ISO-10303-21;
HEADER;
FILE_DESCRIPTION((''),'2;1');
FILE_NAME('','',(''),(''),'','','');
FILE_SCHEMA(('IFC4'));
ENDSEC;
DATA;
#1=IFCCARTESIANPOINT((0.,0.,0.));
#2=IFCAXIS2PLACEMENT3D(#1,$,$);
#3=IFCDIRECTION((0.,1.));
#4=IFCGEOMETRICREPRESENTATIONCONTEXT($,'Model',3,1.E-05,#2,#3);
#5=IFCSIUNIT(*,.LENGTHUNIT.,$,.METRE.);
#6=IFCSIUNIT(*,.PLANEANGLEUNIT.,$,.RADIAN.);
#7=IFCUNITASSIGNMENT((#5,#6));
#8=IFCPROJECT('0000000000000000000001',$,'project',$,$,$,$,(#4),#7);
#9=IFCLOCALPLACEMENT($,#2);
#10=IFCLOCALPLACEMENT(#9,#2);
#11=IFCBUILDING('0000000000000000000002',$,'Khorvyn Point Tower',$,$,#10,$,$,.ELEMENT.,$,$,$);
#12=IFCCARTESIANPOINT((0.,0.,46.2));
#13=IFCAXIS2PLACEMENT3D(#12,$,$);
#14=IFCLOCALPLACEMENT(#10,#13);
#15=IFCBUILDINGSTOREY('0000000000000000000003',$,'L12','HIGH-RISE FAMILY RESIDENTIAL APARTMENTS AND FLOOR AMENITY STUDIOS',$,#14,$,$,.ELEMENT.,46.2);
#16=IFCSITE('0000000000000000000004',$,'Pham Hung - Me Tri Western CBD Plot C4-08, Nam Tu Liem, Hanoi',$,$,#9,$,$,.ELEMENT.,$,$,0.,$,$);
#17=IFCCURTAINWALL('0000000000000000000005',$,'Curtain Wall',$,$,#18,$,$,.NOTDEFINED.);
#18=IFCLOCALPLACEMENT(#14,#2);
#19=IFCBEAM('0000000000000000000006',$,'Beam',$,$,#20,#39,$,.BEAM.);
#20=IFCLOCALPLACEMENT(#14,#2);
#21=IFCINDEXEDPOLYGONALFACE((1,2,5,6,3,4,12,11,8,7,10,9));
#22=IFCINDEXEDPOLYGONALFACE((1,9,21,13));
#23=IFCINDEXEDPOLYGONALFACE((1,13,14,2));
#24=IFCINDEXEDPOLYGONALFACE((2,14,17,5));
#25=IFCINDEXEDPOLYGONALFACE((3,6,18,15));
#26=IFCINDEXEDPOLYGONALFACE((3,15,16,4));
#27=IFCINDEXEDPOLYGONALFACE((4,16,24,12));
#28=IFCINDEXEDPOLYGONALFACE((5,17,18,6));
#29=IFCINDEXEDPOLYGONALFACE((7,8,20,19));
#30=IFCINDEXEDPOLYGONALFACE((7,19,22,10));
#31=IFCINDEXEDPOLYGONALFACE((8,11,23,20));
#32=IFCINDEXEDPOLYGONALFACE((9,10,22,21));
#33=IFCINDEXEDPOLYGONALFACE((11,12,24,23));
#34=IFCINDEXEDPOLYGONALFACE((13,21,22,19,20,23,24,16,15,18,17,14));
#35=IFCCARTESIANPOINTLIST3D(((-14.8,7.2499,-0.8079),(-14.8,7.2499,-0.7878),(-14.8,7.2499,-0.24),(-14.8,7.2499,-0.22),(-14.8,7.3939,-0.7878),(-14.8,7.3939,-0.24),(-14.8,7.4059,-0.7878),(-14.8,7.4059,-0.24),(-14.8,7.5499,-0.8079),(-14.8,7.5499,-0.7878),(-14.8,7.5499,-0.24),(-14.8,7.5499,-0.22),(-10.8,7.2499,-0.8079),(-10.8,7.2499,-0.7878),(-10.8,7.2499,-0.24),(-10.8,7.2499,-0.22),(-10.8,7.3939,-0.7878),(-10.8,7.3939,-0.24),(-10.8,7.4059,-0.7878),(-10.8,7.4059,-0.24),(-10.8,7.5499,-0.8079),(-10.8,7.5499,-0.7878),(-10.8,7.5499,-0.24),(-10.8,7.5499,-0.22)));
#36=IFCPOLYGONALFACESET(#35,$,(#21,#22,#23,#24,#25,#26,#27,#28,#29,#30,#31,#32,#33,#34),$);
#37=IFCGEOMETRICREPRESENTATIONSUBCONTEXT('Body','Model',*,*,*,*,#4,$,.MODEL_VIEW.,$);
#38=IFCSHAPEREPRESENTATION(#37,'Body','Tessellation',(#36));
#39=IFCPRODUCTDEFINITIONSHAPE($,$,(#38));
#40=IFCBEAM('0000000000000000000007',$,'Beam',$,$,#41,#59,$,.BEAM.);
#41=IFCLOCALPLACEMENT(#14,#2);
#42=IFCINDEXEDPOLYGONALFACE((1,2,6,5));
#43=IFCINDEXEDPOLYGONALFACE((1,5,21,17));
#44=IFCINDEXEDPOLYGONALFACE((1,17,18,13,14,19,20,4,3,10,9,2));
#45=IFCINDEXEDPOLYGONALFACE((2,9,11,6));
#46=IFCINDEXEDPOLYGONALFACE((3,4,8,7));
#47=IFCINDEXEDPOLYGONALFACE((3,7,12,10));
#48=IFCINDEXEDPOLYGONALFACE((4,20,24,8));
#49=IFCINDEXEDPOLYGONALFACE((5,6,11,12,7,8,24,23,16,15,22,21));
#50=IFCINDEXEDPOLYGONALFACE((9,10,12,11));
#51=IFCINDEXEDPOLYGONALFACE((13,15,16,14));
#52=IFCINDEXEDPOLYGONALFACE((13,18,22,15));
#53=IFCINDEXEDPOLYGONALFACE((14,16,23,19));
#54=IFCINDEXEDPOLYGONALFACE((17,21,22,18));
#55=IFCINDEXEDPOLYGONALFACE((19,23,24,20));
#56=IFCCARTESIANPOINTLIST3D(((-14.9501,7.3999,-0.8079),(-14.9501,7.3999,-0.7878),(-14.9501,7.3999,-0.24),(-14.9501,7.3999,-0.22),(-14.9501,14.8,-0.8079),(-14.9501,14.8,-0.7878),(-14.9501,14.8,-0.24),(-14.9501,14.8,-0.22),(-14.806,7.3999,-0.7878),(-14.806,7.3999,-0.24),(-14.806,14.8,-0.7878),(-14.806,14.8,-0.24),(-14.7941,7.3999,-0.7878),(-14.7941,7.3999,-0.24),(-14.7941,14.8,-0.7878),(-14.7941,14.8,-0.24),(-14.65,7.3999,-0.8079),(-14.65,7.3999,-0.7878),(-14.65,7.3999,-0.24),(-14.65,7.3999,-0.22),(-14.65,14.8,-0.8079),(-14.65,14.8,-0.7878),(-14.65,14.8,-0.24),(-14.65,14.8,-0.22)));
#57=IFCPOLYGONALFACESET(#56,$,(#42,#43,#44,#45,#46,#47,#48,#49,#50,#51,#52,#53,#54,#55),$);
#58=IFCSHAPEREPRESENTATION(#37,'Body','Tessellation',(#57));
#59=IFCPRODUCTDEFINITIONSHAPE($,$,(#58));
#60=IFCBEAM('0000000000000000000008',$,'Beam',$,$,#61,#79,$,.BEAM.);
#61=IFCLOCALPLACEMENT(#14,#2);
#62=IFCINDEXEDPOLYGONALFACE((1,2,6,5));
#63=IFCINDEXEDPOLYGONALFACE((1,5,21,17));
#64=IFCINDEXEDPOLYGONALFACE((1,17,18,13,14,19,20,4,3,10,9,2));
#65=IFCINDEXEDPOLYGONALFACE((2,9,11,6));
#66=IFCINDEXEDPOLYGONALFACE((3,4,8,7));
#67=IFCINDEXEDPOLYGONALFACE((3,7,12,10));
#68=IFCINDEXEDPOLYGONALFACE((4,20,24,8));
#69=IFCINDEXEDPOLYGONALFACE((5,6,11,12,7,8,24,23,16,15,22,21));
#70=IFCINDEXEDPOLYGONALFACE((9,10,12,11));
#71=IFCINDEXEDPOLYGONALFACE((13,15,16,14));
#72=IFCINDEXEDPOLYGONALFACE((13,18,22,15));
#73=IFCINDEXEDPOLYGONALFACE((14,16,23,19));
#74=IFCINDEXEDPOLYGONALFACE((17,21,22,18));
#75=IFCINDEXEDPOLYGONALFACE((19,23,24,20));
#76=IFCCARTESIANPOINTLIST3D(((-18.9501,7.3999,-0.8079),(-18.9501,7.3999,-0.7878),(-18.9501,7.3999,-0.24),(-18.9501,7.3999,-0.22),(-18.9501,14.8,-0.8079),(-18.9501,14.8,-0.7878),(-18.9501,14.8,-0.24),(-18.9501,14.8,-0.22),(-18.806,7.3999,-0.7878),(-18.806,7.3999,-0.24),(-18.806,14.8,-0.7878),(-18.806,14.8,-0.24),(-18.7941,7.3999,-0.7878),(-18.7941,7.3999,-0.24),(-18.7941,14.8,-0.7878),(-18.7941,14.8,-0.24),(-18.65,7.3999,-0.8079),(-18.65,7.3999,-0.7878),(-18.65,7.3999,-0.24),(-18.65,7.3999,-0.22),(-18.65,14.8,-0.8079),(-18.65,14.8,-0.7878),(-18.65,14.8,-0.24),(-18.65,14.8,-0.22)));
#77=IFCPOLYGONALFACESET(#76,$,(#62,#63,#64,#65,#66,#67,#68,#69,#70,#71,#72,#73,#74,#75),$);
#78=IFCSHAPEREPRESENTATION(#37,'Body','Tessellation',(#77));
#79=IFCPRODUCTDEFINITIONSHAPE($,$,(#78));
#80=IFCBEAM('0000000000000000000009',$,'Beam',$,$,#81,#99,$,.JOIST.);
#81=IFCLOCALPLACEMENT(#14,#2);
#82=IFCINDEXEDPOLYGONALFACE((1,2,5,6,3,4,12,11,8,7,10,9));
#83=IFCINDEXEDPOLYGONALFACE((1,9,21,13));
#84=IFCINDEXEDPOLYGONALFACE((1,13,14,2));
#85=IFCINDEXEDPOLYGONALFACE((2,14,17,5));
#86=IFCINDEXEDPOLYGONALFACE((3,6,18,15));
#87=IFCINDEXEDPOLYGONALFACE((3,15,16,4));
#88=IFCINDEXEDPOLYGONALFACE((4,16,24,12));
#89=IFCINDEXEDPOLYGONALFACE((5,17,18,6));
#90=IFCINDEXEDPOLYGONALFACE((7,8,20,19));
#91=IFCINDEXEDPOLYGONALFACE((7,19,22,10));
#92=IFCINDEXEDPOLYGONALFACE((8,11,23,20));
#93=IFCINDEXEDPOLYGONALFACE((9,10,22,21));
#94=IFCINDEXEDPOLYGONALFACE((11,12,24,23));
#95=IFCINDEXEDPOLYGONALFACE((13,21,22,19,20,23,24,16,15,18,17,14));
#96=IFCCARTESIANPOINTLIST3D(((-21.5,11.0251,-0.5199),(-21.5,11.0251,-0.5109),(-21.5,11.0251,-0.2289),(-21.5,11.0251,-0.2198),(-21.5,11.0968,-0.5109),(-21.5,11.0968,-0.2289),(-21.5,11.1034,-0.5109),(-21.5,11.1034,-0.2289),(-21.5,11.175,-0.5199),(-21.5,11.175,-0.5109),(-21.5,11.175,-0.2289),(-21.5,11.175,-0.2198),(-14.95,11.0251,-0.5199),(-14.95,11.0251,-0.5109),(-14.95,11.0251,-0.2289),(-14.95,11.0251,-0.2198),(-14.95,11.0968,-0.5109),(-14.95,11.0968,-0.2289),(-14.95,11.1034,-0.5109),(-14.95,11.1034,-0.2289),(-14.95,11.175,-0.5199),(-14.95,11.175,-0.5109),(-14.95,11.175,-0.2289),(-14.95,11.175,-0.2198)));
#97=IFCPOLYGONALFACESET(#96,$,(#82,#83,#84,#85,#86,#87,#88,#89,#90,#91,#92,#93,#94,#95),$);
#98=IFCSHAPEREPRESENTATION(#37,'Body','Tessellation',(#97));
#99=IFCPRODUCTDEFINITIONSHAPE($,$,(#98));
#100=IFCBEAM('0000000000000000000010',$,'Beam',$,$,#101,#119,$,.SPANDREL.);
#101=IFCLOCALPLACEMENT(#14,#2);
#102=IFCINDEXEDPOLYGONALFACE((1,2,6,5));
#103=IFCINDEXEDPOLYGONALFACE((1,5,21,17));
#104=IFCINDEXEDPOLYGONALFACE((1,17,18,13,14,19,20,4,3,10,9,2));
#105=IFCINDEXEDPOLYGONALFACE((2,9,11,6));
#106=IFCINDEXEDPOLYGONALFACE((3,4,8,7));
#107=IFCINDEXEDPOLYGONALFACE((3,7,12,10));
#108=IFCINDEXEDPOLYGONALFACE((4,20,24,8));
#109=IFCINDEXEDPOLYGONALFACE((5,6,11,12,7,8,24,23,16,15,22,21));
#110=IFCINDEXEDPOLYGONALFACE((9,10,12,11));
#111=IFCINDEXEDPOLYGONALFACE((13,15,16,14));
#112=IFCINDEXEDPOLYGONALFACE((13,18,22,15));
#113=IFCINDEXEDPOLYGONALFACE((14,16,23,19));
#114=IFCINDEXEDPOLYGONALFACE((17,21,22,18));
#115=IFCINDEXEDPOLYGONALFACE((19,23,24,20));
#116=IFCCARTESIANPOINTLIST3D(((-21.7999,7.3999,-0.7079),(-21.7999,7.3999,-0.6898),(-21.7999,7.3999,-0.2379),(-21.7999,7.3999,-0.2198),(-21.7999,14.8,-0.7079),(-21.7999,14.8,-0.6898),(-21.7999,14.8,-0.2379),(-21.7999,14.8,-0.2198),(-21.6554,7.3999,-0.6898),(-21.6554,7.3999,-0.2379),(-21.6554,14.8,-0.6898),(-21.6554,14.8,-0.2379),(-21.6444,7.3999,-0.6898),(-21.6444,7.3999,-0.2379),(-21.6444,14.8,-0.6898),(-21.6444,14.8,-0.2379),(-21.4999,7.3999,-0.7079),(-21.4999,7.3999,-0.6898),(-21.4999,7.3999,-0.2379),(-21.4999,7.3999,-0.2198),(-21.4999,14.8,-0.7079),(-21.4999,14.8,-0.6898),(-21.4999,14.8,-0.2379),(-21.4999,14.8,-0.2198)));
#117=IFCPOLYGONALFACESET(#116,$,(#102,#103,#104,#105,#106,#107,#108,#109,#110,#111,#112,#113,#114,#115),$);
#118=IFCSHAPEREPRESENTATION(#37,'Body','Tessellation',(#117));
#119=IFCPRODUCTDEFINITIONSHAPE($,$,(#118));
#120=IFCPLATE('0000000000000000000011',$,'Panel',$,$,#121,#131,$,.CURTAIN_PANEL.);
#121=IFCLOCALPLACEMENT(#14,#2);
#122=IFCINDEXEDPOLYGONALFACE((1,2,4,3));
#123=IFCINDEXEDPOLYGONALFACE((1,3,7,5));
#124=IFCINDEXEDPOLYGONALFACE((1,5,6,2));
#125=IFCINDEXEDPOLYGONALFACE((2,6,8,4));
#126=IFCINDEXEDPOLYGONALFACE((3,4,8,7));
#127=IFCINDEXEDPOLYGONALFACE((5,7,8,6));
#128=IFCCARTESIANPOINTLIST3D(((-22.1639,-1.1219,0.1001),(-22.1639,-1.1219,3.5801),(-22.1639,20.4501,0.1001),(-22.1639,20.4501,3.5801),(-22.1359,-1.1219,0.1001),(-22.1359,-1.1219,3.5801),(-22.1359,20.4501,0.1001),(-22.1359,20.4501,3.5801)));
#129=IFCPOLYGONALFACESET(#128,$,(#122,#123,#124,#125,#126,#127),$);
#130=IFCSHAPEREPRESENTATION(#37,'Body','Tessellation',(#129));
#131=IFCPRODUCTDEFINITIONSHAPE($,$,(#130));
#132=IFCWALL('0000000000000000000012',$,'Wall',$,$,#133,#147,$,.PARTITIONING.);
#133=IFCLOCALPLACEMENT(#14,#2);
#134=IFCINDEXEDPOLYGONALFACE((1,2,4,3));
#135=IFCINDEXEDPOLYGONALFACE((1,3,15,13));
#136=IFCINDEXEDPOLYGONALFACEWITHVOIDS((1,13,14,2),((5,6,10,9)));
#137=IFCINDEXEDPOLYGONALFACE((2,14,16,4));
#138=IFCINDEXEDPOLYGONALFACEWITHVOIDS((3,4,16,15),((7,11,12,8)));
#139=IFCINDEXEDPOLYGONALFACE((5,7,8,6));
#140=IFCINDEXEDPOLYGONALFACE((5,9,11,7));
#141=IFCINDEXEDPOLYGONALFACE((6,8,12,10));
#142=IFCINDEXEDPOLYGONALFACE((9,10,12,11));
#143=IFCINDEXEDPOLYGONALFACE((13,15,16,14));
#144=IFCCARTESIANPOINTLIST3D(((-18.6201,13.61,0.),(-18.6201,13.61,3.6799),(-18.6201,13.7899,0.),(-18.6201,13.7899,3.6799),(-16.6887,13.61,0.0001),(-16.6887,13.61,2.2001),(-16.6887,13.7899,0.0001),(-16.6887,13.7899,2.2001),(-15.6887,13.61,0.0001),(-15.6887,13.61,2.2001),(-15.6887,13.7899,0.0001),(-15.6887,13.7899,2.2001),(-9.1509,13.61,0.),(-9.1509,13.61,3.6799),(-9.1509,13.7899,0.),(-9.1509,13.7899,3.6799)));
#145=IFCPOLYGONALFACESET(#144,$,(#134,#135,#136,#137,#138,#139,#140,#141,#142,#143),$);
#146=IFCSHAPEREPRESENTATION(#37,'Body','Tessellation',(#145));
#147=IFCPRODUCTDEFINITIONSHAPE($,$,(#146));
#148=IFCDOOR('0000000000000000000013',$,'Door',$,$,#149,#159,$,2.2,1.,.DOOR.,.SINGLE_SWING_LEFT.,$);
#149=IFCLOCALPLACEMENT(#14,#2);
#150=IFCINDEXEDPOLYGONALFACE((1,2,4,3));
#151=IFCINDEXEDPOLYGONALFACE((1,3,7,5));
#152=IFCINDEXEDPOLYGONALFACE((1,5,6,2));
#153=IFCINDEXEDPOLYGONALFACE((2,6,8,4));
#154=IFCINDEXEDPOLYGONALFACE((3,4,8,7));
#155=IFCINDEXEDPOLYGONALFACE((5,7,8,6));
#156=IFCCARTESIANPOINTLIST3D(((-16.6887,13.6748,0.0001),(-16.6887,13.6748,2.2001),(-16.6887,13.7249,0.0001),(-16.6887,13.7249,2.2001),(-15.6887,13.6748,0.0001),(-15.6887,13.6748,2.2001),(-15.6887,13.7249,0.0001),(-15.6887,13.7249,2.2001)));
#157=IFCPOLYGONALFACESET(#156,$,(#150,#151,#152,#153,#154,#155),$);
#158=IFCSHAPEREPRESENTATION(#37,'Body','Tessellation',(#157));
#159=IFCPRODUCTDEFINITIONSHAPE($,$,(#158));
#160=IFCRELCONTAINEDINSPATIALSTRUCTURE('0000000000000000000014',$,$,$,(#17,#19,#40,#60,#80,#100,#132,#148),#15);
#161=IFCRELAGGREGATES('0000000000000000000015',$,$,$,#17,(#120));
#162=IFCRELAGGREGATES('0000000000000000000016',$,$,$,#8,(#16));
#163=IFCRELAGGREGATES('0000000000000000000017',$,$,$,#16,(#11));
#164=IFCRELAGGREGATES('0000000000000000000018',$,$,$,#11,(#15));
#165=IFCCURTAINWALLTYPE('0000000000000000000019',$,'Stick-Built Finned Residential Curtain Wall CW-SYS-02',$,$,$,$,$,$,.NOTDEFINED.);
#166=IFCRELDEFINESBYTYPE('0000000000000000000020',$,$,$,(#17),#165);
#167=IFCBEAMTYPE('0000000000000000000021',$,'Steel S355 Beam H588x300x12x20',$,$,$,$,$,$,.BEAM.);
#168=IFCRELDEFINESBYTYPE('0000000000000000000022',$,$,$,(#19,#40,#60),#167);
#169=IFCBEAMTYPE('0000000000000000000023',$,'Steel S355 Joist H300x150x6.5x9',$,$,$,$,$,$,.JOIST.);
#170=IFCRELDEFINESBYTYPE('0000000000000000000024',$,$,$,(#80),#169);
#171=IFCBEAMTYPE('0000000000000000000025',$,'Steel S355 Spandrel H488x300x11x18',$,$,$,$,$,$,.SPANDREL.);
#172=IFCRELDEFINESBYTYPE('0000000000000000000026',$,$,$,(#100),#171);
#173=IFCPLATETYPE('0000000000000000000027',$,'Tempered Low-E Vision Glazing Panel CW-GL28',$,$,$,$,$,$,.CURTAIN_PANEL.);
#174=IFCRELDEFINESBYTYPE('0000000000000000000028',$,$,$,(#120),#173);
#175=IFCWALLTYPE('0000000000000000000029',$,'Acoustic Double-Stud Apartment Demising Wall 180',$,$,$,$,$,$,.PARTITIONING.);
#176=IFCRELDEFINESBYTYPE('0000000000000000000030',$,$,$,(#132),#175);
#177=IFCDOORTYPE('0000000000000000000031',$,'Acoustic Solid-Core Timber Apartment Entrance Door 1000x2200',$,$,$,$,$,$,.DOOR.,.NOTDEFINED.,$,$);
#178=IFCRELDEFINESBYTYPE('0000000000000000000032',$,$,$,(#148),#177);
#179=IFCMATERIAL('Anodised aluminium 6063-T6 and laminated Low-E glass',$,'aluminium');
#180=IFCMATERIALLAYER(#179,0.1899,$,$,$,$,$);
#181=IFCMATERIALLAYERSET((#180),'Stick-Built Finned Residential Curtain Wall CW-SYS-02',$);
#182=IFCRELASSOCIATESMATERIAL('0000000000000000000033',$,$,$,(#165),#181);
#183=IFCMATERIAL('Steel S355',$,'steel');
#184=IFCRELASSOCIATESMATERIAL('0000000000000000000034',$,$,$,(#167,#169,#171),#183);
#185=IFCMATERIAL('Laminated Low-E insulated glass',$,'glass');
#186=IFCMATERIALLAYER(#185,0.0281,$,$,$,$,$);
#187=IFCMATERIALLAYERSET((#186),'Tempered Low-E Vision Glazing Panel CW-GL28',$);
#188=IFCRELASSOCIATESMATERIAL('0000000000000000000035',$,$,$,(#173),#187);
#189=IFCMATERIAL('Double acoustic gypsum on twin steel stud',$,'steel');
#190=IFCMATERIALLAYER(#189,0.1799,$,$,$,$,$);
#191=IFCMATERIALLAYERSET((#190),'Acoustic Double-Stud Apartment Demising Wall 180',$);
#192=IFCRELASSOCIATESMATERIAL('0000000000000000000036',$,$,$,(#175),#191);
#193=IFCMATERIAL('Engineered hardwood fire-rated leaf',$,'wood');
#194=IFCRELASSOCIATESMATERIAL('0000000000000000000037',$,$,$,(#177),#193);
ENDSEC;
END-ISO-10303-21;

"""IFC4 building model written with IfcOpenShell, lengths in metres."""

from ifc_helpers import new_model, si_unit, direction, frame, frame_2d, origin, origin_2d, place, context, subcontext, project, spatial, rectangle, i_section, extrude, material, layer, layer_set, material_profile, profile_set, type_object, element, fill, aggregate, save


model = new_model("IFC4")

# Units and contexts
model_context = context("Model", 3, precision=1e-05, world=origin(), true_north=direction((0.0, 1.0)))
body_context = subcontext(model_context, "Body", "Model", "MODEL_VIEW")
ifc_project = project(units=[si_unit("LENGTHUNIT", "METRE"), si_unit("PLANEANGLEUNIT", "RADIAN")], contexts=[model_context])

# Site, building, storey
site_placement = place(None, origin())
site = spatial("IfcSite", under=ifc_project, at=site_placement, Name="Pham Hung - Me Tri Western CBD Plot C4-08, Nam Tu Liem, Hanoi", CompositionType="ELEMENT", RefElevation=0.0)
building_placement = place(site_placement, origin())
building = spatial("IfcBuilding", under=site, at=building_placement, Name="Khorvyn Point Tower", CompositionType="ELEMENT")
storey_placement = place(building_placement, frame((0.0, 0.0, 46.2)))
storey = spatial("IfcBuildingStorey", under=building, at=storey_placement, Name="L12", Description="HIGH-RISE FAMILY RESIDENTIAL APARTMENTS AND FLOOR AMENITY STUDIOS", CompositionType="ELEMENT", Elevation=46.2)

# Curtain wall
ifc_material_1 = material(Name="Anodised aluminium 6063-T6 and laminated Low-E glass", Category="aluminium")
ifc_layer_1 = layer(ifc_material_1, 0.1899)
ifc_layer_set_1 = layer_set([ifc_layer_1], Name="Stick-Built Finned Residential Curtain Wall CW-SYS-02")
curtain_wall_type = type_object("IfcCurtainWallType", Name="Stick-Built Finned Residential Curtain Wall CW-SYS-02", PredefinedType="NOTDEFINED", material=ifc_layer_set_1)
curtain_wall_placement = place(storey_placement, origin())
curtain_wall = element("IfcCurtainWall", 1, at=curtain_wall_placement, inside=storey, type_object=curtain_wall_type, Name="Curtain Wall", PredefinedType="NOTDEFINED")

# Beams
ifc_material_2 = material(Name="Steel S355", Category="steel")
ifc_material_profile_1 = material_profile(ifc_material_2, i_section(OverallWidth=0.3, OverallDepth=0.5879, WebThickness=0.012, FlangeThickness=0.02, at=origin_2d()))
ifc_profile_set_1 = profile_set([ifc_material_profile_1], Name="Steel S355 H588x300x12x20")
beam_type_1 = type_object("IfcBeamType", Name="Steel S355 Beam H588x300x12x20", PredefinedType="BEAM", material=ifc_profile_set_1)
for number, where, z_axis, x_axis, name in (
    (2, (-14.8, 7.3999, -0.5139), (1.0, 0.0, 0.0), (0.0, 1.0, 0.0), "Beam"),
):
    element("IfcBeam", number, at=place(storey_placement, frame(where, z_axis=z_axis, x_axis=x_axis)), inside=storey, type_object=beam_type_1, Name=name, PredefinedType="BEAM", context=body_context, shape_type="SweptSolid", body=[
        extrude(i_section(OverallWidth=0.3, OverallDepth=0.5879, WebThickness=0.012, FlangeThickness=0.02, at=origin_2d()), origin(), (0.0, 0.0, 1.0), 4.0),
    ])
for number, where, z_axis, x_axis, name in (
    (3, (-14.8, 7.3999, -0.5139), (0.0, 1.0, 0.0), (-1.0, 0.0, 0.0), "Beam"),
    (4, (-18.8, 7.3999, -0.5139), (0.0, 1.0, 0.0), (-1.0, 0.0, 0.0), "Beam"),
):
    element("IfcBeam", number, at=place(storey_placement, frame(where, z_axis=z_axis, x_axis=x_axis)), inside=storey, type_object=beam_type_1, Name=name, PredefinedType="BEAM", context=body_context, shape_type="SweptSolid", body=[
        extrude(i_section(OverallWidth=0.3, OverallDepth=0.5879, WebThickness=0.012, FlangeThickness=0.02, at=origin_2d()), origin(), (0.0, 0.0, 1.0), 7.4001),
    ])
ifc_material_profile_2 = material_profile(ifc_material_2, i_section(OverallWidth=0.1499, OverallDepth=0.3, WebThickness=0.0066, FlangeThickness=0.009, at=origin_2d()))
ifc_profile_set_2 = profile_set([ifc_material_profile_2], Name="Steel S355 H300x150x6.5x9")
beam_type_2 = type_object("IfcBeamType", Name="Steel S355 Joist H300x150x6.5x9", PredefinedType="JOIST", material=ifc_profile_set_2)
beam_1_placement = place(storey_placement, frame((-21.5, 11.1001, -0.3699), z_axis=(1.0, 0.0, 0.0), x_axis=(0.0, 1.0, 0.0)))
element("IfcBeam", 5, at=beam_1_placement, inside=storey, type_object=beam_type_2, Name="Beam", PredefinedType="JOIST", context=body_context, shape_type="SweptSolid", body=[
    extrude(i_section(OverallWidth=0.1499, OverallDepth=0.3, WebThickness=0.0066, FlangeThickness=0.009, at=origin_2d()), origin(), (0.0, 0.0, 1.0), 6.55),
])
ifc_material_profile_3 = material_profile(ifc_material_2, i_section(OverallWidth=0.3, OverallDepth=0.488, WebThickness=0.011, FlangeThickness=0.0181, at=origin_2d()))
ifc_profile_set_3 = profile_set([ifc_material_profile_3], Name="Steel S355 H488x300x11x18")
beam_type_3 = type_object("IfcBeamType", Name="Steel S355 Spandrel H488x300x11x18", PredefinedType="SPANDREL", material=ifc_profile_set_3)
beam_2_placement = place(storey_placement, frame((-21.6499, 7.3999, -0.4639), z_axis=(0.0, 1.0, 0.0), x_axis=(-1.0, 0.0, 0.0)))
element("IfcBeam", 6, at=beam_2_placement, inside=storey, type_object=beam_type_3, Name="Beam", PredefinedType="SPANDREL", context=body_context, shape_type="SweptSolid", body=[
    extrude(i_section(OverallWidth=0.3, OverallDepth=0.488, WebThickness=0.011, FlangeThickness=0.0181, at=origin_2d()), origin(), (0.0, 0.0, 1.0), 7.4001),
])

# Plate
ifc_material_3 = material(Name="Laminated Low-E insulated glass", Category="glass")
ifc_layer_2 = layer(ifc_material_3, 0.0281)
ifc_layer_set_2 = layer_set([ifc_layer_2], Name="Tempered Low-E Vision Glazing Panel CW-GL28")
plate_type = type_object("IfcPlateType", Name="Tempered Low-E Vision Glazing Panel CW-GL28", PredefinedType="CURTAIN_PANEL", material=ifc_layer_set_2)
plate_placement = place(storey_placement, frame((-22.1499, 9.6641, 0.1001), z_axis=(0.0, 0.0, 1.0), x_axis=(0.0, 1.0, 0.0)))
plate = element("IfcPlate", 7, at=plate_placement, type_object=plate_type, Name="Panel", PredefinedType="CURTAIN_PANEL", context=body_context, shape_type="SweptSolid", body=[
    extrude(rectangle(XDim=21.572, YDim=0.0281, at=origin_2d()), origin(), (0.0, 0.0, 1.0), 3.48),
])
aggregate(curtain_wall, [plate])

# Wall, opening, door
ifc_material_4 = material(Name="Double acoustic gypsum on twin steel stud", Category="steel")
ifc_layer_3 = layer(ifc_material_4, 0.1799)
ifc_layer_set_3 = layer_set([ifc_layer_3], Name="Acoustic Double-Stud Apartment Demising Wall 180")
wall_type_1 = type_object("IfcWallType", Name="Acoustic Double-Stud Apartment Demising Wall 180", PredefinedType="PARTITIONING", material=ifc_layer_set_3)
wall_1_placement = place(storey_placement, frame((-18.6201, 13.7, 0.0), z_axis=(0.0, 0.0, 1.0), x_axis=(1.0, 0.0, 0.0)))
wall_1 = element("IfcWall", 8, at=wall_1_placement, inside=storey, type_object=wall_type_1, Name="Wall", PredefinedType="PARTITIONING", context=body_context, shape_type="SweptSolid", body=[
    extrude(rectangle(XDim=9.4692, YDim=0.1799, at=frame_2d((4.7346, 0.0))), origin(), (0.0, 0.0, 1.0), 3.6799),
])
opening_1_placement = place(wall_1_placement, frame((1.9314, 0.0, 0.0)))
opening_1 = element("IfcOpeningElement", 9, at=opening_1_placement, cuts=wall_1, PredefinedType="OPENING", context=body_context, shape_type="SweptSolid", body=[
    extrude(rectangle(XDim=1.0, YDim=2.2, at=frame_2d((0.5, 1.1001))), frame((0.0, 0.0999, 0.0), z_axis=(0.0, -1.0, 0.0), x_axis=(1.0, 0.0, 0.0)), (0.0, 0.0, 1.0), 0.2),
])
ifc_material_5 = material(Name="Engineered hardwood fire-rated leaf", Category="wood")
door_type_1 = type_object("IfcDoorType", Name="Acoustic Solid-Core Timber Apartment Entrance Door 1000x2200", OperationType="NOTDEFINED", PredefinedType="DOOR", material=ifc_material_5)
door_1_placement = place(opening_1_placement, origin())
door_1 = element("IfcDoor", 10, at=door_1_placement, inside=storey, type_object=door_type_1, Name="Door", OperationType="SINGLE_SWING_LEFT", OverallHeight=2.2, OverallWidth=1.0, PredefinedType="DOOR", context=body_context, shape_type="SweptSolid", body=[
    extrude(rectangle(XDim=1.0, YDim=2.2, at=frame_2d((0.5, 1.1001))), frame((0.0, 0.0249, 0.0), z_axis=(0.0, -1.0, 0.0), x_axis=(1.0, 0.0, 0.0)), (0.0, 0.0, 1.0), 0.05),
])
fill(opening_1, door_1)

save(model, "model.ifc")
